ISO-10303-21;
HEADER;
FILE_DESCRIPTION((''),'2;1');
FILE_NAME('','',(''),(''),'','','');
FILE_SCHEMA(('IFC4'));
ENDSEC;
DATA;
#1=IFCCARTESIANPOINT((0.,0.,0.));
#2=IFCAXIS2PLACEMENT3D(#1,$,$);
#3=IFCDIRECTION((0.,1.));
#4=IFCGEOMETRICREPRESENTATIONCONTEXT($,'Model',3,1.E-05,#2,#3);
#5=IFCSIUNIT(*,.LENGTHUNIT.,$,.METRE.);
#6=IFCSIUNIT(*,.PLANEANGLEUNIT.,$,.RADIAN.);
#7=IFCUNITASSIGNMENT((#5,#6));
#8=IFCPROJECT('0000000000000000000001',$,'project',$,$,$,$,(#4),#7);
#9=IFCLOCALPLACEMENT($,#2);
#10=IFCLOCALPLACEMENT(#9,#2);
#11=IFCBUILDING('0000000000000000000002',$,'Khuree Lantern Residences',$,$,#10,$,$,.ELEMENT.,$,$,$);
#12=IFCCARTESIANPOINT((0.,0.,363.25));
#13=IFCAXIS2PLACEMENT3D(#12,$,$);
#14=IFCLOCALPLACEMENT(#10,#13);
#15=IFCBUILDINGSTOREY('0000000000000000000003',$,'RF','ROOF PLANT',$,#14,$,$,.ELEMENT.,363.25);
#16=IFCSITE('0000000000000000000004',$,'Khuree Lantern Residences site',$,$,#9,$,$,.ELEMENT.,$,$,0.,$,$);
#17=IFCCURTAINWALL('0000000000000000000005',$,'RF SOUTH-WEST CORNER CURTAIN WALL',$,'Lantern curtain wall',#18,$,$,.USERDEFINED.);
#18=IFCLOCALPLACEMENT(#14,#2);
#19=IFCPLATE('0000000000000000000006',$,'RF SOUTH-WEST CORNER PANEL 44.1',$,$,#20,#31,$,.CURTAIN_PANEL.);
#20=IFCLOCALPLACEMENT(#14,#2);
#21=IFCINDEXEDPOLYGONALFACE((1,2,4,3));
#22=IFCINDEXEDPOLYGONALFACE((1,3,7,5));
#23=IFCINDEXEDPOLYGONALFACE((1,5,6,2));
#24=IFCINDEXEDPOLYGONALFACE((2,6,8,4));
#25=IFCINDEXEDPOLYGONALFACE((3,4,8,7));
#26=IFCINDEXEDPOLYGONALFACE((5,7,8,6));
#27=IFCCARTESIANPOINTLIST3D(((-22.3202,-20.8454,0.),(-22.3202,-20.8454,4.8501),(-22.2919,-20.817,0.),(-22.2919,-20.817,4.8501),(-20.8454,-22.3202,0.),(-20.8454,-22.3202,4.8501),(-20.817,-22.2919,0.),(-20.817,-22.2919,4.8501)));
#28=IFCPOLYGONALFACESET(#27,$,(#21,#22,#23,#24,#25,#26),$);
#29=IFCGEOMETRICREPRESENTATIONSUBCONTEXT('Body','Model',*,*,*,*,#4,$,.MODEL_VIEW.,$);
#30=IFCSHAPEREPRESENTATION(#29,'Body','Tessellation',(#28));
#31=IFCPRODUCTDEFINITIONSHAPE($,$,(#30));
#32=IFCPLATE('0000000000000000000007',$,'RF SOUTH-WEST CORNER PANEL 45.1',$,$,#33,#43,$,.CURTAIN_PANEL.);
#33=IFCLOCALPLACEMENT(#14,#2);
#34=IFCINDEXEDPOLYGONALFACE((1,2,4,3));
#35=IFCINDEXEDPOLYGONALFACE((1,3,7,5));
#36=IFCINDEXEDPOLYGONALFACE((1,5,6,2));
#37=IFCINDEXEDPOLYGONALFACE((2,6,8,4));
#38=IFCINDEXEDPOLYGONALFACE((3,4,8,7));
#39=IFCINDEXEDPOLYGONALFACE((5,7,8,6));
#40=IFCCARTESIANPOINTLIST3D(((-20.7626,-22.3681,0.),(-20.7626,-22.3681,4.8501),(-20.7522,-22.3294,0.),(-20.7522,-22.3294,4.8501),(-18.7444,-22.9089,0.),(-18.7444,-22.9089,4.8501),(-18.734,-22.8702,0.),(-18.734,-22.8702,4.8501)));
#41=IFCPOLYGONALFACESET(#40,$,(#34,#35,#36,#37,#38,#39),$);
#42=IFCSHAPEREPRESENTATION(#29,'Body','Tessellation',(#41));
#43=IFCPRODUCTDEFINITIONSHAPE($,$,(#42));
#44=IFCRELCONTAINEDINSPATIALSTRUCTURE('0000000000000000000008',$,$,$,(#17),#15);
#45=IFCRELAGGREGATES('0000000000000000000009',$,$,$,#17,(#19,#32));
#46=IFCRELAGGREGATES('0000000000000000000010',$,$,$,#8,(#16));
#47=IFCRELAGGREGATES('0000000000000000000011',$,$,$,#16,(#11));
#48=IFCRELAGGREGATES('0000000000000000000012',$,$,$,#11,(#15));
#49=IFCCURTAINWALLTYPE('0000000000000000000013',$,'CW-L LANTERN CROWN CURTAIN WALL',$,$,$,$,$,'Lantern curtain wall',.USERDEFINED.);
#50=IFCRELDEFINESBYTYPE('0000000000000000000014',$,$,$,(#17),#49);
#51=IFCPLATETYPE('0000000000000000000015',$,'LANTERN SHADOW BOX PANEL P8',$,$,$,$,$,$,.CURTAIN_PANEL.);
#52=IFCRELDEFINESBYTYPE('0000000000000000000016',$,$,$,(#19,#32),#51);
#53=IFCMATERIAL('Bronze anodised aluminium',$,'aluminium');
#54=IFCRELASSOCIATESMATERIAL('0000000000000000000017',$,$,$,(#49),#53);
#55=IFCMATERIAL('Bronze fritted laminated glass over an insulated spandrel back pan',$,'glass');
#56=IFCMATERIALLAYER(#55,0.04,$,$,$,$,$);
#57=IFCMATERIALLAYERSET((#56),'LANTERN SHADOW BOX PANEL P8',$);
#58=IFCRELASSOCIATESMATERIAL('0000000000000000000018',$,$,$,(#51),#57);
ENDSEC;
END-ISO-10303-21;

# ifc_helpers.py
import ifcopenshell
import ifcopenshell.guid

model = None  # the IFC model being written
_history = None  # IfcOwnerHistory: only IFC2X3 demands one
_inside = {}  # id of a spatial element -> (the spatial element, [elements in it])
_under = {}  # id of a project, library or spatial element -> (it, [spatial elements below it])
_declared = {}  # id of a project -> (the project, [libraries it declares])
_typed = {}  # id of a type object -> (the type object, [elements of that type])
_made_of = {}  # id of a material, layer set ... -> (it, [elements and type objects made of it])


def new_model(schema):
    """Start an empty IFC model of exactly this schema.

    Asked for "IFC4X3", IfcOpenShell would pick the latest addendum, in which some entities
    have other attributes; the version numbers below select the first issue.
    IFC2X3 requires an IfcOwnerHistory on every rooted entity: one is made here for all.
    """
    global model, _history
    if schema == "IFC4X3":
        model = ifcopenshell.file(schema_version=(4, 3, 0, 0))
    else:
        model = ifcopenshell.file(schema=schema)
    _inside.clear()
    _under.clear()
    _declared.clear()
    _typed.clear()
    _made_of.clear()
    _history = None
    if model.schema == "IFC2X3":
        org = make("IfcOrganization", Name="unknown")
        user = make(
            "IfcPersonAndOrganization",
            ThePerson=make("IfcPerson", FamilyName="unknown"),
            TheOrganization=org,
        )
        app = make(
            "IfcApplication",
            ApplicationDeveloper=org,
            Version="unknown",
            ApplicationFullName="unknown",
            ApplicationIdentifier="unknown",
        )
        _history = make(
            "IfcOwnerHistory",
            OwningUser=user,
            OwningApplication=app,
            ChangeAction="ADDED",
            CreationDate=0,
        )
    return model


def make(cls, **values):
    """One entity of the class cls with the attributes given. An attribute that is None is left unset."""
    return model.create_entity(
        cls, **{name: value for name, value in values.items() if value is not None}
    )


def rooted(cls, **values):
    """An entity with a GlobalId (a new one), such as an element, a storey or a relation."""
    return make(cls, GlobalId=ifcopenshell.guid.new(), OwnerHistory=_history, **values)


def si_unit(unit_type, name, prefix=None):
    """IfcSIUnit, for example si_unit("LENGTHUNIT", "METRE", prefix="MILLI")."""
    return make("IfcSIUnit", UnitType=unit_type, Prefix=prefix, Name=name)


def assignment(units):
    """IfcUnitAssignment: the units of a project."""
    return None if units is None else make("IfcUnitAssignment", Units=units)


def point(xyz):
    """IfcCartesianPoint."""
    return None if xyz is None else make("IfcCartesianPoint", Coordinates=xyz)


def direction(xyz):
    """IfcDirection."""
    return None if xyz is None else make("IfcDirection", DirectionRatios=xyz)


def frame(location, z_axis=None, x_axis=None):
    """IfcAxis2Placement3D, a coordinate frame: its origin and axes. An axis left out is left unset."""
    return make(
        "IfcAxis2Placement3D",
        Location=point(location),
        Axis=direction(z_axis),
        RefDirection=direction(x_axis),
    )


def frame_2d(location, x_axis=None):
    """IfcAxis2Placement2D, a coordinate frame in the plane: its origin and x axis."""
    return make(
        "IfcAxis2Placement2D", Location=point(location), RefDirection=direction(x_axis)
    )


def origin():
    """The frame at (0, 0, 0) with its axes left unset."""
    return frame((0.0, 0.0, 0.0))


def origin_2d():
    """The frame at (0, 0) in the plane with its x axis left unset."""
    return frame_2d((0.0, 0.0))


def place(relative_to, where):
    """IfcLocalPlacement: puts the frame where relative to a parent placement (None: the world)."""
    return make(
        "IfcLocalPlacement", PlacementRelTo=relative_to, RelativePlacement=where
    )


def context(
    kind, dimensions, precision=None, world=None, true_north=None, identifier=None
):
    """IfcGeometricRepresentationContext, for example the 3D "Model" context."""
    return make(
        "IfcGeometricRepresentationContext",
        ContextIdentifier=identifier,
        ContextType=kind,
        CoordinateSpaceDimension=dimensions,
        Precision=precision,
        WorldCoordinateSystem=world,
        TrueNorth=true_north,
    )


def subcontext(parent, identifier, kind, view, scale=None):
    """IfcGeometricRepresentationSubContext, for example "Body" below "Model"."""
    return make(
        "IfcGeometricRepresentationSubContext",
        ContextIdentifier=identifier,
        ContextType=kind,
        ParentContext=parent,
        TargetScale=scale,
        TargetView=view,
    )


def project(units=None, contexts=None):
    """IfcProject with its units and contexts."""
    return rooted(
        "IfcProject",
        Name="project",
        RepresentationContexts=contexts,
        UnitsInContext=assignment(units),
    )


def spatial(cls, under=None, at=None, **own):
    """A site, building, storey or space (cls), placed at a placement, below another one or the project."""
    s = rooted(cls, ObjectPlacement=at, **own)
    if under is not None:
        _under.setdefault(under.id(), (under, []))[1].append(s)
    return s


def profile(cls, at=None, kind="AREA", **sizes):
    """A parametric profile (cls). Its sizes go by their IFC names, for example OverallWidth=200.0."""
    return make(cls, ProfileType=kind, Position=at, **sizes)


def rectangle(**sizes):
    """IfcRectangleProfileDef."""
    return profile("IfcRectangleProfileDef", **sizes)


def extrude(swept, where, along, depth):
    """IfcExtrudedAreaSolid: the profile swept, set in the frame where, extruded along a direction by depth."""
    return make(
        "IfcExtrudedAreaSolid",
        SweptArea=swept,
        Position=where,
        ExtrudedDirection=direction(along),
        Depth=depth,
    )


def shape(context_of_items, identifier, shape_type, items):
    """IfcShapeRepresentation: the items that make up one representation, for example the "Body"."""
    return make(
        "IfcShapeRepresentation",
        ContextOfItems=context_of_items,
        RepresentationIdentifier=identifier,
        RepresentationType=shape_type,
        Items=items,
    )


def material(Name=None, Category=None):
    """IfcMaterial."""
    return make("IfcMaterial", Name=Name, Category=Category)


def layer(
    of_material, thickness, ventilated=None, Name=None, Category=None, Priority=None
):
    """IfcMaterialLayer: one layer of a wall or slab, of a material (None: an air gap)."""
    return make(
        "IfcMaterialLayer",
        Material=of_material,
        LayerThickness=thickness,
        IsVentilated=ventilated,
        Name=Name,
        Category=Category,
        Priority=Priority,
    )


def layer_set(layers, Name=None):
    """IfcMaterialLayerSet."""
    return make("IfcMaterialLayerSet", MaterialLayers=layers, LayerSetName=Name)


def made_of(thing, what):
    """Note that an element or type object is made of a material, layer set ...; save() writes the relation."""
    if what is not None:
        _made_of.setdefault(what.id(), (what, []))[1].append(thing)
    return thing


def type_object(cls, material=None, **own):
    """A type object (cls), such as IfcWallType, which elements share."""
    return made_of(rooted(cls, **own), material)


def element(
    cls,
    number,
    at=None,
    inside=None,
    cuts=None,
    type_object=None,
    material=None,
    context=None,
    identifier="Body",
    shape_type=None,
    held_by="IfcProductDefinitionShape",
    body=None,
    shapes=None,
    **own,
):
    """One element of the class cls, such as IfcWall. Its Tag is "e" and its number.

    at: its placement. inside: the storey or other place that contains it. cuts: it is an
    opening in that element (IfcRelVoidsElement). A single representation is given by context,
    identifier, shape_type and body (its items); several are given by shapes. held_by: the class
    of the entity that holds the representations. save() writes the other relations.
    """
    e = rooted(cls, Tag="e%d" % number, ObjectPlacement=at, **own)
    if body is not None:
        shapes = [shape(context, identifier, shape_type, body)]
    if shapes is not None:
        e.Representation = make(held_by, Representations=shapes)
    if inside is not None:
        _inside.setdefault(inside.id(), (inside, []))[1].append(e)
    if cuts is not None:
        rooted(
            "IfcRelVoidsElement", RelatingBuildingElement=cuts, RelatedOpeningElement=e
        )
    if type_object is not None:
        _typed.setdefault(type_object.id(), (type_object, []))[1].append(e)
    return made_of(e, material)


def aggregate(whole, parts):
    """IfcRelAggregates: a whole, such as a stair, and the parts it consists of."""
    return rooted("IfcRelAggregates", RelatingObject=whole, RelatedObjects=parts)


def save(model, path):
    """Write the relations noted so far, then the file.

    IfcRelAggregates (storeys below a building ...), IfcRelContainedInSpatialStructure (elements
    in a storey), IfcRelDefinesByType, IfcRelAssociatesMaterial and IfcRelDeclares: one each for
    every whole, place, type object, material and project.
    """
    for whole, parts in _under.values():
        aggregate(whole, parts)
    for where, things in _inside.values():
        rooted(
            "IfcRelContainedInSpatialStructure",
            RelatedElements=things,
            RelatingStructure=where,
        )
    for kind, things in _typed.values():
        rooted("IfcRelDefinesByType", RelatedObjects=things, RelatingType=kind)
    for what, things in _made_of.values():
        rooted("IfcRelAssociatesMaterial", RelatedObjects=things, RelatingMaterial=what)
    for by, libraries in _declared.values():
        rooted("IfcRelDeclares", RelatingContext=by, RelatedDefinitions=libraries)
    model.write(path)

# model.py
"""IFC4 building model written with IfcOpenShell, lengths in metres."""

from ifc_helpers import new_model, si_unit, direction, frame, origin, origin_2d, place, context, subcontext, project, spatial, rectangle, extrude, material, layer, layer_set, type_object, element, aggregate, save


model = new_model("IFC4")

# Units and contexts
model_context = context("Model", 3, precision=1e-05, world=origin(), true_north=direction((0.0, 1.0)))
body_context = subcontext(model_context, "Body", "Model", "MODEL_VIEW")
ifc_project = project(units=[si_unit("LENGTHUNIT", "METRE"), si_unit("PLANEANGLEUNIT", "RADIAN")], contexts=[model_context])

# Site, building, storey
site_placement = place(None, origin())
site = spatial("IfcSite", under=ifc_project, at=site_placement, Name="Khuree Lantern Residences site", CompositionType="ELEMENT", RefElevation=0.0)
building_placement = place(site_placement, origin())
building = spatial("IfcBuilding", under=site, at=building_placement, Name="Khuree Lantern Residences", CompositionType="ELEMENT")
storey_placement = place(building_placement, frame((0.0, 0.0, 363.25)))
storey = spatial("IfcBuildingStorey", under=building, at=storey_placement, Name="RF", Description="ROOF PLANT", CompositionType="ELEMENT", Elevation=363.25)

# Curtain wall
ifc_material_1 = material(Name="Bronze anodised aluminium", Category="aluminium")
curtain_wall_type = type_object("IfcCurtainWallType", Name="CW-L LANTERN CROWN CURTAIN WALL", ElementType="Lantern curtain wall", PredefinedType="USERDEFINED", material=ifc_material_1)
curtain_wall_1_placement = place(storey_placement, origin())
curtain_wall_1 = element("IfcCurtainWall", 1, at=curtain_wall_1_placement, inside=storey, type_object=curtain_wall_type, Name="RF SOUTH-WEST CORNER CURTAIN WALL", ObjectType="Lantern curtain wall", PredefinedType="USERDEFINED")

# Plates
ifc_material_2 = material(Name="Bronze fritted laminated glass over an insulated spandrel back pan", Category="glass")
ifc_layer = layer(ifc_material_2, 0.04)
ifc_layer_set = layer_set([ifc_layer], Name="LANTERN SHADOW BOX PANEL P8")
plate_type = type_object("IfcPlateType", Name="LANTERN SHADOW BOX PANEL P8", PredefinedType="CURTAIN_PANEL", material=ifc_layer_set)
plate_1_placement = place(storey_placement, frame((-21.5686, -21.5686, 0.0), z_axis=(0.0, 0.0, 1.0), x_axis=(0.707107, -0.707107, 0.0)))
plate_1 = element("IfcPlate", 2, at=plate_1_placement, type_object=plate_type, Name="RF SOUTH-WEST CORNER PANEL 44.1", PredefinedType="CURTAIN_PANEL", context=body_context, shape_type="SweptSolid", body=[
    extrude(rectangle(XDim=2.0857, YDim=0.04, at=origin_2d()), origin(), (0.0, 0.0, 1.0), 4.8501),
])
plate_2_placement = place(storey_placement, frame((-19.7483, -22.6191, 0.0), z_axis=(0.0, 0.0, 1.0), x_axis=(0.965926, -0.258819, 0.0)))
plate_2 = element("IfcPlate", 3, at=plate_2_placement, type_object=plate_type, Name="RF SOUTH-WEST CORNER PANEL 45.1", PredefinedType="CURTAIN_PANEL", context=body_context, shape_type="SweptSolid", body=[
    extrude(rectangle(XDim=2.0894, YDim=0.04, at=origin_2d()), origin(), (0.0, 0.0, 1.0), 4.8501),
])
aggregate(curtain_wall_1, [plate_1, plate_2])

save(model, "model.ifc")
